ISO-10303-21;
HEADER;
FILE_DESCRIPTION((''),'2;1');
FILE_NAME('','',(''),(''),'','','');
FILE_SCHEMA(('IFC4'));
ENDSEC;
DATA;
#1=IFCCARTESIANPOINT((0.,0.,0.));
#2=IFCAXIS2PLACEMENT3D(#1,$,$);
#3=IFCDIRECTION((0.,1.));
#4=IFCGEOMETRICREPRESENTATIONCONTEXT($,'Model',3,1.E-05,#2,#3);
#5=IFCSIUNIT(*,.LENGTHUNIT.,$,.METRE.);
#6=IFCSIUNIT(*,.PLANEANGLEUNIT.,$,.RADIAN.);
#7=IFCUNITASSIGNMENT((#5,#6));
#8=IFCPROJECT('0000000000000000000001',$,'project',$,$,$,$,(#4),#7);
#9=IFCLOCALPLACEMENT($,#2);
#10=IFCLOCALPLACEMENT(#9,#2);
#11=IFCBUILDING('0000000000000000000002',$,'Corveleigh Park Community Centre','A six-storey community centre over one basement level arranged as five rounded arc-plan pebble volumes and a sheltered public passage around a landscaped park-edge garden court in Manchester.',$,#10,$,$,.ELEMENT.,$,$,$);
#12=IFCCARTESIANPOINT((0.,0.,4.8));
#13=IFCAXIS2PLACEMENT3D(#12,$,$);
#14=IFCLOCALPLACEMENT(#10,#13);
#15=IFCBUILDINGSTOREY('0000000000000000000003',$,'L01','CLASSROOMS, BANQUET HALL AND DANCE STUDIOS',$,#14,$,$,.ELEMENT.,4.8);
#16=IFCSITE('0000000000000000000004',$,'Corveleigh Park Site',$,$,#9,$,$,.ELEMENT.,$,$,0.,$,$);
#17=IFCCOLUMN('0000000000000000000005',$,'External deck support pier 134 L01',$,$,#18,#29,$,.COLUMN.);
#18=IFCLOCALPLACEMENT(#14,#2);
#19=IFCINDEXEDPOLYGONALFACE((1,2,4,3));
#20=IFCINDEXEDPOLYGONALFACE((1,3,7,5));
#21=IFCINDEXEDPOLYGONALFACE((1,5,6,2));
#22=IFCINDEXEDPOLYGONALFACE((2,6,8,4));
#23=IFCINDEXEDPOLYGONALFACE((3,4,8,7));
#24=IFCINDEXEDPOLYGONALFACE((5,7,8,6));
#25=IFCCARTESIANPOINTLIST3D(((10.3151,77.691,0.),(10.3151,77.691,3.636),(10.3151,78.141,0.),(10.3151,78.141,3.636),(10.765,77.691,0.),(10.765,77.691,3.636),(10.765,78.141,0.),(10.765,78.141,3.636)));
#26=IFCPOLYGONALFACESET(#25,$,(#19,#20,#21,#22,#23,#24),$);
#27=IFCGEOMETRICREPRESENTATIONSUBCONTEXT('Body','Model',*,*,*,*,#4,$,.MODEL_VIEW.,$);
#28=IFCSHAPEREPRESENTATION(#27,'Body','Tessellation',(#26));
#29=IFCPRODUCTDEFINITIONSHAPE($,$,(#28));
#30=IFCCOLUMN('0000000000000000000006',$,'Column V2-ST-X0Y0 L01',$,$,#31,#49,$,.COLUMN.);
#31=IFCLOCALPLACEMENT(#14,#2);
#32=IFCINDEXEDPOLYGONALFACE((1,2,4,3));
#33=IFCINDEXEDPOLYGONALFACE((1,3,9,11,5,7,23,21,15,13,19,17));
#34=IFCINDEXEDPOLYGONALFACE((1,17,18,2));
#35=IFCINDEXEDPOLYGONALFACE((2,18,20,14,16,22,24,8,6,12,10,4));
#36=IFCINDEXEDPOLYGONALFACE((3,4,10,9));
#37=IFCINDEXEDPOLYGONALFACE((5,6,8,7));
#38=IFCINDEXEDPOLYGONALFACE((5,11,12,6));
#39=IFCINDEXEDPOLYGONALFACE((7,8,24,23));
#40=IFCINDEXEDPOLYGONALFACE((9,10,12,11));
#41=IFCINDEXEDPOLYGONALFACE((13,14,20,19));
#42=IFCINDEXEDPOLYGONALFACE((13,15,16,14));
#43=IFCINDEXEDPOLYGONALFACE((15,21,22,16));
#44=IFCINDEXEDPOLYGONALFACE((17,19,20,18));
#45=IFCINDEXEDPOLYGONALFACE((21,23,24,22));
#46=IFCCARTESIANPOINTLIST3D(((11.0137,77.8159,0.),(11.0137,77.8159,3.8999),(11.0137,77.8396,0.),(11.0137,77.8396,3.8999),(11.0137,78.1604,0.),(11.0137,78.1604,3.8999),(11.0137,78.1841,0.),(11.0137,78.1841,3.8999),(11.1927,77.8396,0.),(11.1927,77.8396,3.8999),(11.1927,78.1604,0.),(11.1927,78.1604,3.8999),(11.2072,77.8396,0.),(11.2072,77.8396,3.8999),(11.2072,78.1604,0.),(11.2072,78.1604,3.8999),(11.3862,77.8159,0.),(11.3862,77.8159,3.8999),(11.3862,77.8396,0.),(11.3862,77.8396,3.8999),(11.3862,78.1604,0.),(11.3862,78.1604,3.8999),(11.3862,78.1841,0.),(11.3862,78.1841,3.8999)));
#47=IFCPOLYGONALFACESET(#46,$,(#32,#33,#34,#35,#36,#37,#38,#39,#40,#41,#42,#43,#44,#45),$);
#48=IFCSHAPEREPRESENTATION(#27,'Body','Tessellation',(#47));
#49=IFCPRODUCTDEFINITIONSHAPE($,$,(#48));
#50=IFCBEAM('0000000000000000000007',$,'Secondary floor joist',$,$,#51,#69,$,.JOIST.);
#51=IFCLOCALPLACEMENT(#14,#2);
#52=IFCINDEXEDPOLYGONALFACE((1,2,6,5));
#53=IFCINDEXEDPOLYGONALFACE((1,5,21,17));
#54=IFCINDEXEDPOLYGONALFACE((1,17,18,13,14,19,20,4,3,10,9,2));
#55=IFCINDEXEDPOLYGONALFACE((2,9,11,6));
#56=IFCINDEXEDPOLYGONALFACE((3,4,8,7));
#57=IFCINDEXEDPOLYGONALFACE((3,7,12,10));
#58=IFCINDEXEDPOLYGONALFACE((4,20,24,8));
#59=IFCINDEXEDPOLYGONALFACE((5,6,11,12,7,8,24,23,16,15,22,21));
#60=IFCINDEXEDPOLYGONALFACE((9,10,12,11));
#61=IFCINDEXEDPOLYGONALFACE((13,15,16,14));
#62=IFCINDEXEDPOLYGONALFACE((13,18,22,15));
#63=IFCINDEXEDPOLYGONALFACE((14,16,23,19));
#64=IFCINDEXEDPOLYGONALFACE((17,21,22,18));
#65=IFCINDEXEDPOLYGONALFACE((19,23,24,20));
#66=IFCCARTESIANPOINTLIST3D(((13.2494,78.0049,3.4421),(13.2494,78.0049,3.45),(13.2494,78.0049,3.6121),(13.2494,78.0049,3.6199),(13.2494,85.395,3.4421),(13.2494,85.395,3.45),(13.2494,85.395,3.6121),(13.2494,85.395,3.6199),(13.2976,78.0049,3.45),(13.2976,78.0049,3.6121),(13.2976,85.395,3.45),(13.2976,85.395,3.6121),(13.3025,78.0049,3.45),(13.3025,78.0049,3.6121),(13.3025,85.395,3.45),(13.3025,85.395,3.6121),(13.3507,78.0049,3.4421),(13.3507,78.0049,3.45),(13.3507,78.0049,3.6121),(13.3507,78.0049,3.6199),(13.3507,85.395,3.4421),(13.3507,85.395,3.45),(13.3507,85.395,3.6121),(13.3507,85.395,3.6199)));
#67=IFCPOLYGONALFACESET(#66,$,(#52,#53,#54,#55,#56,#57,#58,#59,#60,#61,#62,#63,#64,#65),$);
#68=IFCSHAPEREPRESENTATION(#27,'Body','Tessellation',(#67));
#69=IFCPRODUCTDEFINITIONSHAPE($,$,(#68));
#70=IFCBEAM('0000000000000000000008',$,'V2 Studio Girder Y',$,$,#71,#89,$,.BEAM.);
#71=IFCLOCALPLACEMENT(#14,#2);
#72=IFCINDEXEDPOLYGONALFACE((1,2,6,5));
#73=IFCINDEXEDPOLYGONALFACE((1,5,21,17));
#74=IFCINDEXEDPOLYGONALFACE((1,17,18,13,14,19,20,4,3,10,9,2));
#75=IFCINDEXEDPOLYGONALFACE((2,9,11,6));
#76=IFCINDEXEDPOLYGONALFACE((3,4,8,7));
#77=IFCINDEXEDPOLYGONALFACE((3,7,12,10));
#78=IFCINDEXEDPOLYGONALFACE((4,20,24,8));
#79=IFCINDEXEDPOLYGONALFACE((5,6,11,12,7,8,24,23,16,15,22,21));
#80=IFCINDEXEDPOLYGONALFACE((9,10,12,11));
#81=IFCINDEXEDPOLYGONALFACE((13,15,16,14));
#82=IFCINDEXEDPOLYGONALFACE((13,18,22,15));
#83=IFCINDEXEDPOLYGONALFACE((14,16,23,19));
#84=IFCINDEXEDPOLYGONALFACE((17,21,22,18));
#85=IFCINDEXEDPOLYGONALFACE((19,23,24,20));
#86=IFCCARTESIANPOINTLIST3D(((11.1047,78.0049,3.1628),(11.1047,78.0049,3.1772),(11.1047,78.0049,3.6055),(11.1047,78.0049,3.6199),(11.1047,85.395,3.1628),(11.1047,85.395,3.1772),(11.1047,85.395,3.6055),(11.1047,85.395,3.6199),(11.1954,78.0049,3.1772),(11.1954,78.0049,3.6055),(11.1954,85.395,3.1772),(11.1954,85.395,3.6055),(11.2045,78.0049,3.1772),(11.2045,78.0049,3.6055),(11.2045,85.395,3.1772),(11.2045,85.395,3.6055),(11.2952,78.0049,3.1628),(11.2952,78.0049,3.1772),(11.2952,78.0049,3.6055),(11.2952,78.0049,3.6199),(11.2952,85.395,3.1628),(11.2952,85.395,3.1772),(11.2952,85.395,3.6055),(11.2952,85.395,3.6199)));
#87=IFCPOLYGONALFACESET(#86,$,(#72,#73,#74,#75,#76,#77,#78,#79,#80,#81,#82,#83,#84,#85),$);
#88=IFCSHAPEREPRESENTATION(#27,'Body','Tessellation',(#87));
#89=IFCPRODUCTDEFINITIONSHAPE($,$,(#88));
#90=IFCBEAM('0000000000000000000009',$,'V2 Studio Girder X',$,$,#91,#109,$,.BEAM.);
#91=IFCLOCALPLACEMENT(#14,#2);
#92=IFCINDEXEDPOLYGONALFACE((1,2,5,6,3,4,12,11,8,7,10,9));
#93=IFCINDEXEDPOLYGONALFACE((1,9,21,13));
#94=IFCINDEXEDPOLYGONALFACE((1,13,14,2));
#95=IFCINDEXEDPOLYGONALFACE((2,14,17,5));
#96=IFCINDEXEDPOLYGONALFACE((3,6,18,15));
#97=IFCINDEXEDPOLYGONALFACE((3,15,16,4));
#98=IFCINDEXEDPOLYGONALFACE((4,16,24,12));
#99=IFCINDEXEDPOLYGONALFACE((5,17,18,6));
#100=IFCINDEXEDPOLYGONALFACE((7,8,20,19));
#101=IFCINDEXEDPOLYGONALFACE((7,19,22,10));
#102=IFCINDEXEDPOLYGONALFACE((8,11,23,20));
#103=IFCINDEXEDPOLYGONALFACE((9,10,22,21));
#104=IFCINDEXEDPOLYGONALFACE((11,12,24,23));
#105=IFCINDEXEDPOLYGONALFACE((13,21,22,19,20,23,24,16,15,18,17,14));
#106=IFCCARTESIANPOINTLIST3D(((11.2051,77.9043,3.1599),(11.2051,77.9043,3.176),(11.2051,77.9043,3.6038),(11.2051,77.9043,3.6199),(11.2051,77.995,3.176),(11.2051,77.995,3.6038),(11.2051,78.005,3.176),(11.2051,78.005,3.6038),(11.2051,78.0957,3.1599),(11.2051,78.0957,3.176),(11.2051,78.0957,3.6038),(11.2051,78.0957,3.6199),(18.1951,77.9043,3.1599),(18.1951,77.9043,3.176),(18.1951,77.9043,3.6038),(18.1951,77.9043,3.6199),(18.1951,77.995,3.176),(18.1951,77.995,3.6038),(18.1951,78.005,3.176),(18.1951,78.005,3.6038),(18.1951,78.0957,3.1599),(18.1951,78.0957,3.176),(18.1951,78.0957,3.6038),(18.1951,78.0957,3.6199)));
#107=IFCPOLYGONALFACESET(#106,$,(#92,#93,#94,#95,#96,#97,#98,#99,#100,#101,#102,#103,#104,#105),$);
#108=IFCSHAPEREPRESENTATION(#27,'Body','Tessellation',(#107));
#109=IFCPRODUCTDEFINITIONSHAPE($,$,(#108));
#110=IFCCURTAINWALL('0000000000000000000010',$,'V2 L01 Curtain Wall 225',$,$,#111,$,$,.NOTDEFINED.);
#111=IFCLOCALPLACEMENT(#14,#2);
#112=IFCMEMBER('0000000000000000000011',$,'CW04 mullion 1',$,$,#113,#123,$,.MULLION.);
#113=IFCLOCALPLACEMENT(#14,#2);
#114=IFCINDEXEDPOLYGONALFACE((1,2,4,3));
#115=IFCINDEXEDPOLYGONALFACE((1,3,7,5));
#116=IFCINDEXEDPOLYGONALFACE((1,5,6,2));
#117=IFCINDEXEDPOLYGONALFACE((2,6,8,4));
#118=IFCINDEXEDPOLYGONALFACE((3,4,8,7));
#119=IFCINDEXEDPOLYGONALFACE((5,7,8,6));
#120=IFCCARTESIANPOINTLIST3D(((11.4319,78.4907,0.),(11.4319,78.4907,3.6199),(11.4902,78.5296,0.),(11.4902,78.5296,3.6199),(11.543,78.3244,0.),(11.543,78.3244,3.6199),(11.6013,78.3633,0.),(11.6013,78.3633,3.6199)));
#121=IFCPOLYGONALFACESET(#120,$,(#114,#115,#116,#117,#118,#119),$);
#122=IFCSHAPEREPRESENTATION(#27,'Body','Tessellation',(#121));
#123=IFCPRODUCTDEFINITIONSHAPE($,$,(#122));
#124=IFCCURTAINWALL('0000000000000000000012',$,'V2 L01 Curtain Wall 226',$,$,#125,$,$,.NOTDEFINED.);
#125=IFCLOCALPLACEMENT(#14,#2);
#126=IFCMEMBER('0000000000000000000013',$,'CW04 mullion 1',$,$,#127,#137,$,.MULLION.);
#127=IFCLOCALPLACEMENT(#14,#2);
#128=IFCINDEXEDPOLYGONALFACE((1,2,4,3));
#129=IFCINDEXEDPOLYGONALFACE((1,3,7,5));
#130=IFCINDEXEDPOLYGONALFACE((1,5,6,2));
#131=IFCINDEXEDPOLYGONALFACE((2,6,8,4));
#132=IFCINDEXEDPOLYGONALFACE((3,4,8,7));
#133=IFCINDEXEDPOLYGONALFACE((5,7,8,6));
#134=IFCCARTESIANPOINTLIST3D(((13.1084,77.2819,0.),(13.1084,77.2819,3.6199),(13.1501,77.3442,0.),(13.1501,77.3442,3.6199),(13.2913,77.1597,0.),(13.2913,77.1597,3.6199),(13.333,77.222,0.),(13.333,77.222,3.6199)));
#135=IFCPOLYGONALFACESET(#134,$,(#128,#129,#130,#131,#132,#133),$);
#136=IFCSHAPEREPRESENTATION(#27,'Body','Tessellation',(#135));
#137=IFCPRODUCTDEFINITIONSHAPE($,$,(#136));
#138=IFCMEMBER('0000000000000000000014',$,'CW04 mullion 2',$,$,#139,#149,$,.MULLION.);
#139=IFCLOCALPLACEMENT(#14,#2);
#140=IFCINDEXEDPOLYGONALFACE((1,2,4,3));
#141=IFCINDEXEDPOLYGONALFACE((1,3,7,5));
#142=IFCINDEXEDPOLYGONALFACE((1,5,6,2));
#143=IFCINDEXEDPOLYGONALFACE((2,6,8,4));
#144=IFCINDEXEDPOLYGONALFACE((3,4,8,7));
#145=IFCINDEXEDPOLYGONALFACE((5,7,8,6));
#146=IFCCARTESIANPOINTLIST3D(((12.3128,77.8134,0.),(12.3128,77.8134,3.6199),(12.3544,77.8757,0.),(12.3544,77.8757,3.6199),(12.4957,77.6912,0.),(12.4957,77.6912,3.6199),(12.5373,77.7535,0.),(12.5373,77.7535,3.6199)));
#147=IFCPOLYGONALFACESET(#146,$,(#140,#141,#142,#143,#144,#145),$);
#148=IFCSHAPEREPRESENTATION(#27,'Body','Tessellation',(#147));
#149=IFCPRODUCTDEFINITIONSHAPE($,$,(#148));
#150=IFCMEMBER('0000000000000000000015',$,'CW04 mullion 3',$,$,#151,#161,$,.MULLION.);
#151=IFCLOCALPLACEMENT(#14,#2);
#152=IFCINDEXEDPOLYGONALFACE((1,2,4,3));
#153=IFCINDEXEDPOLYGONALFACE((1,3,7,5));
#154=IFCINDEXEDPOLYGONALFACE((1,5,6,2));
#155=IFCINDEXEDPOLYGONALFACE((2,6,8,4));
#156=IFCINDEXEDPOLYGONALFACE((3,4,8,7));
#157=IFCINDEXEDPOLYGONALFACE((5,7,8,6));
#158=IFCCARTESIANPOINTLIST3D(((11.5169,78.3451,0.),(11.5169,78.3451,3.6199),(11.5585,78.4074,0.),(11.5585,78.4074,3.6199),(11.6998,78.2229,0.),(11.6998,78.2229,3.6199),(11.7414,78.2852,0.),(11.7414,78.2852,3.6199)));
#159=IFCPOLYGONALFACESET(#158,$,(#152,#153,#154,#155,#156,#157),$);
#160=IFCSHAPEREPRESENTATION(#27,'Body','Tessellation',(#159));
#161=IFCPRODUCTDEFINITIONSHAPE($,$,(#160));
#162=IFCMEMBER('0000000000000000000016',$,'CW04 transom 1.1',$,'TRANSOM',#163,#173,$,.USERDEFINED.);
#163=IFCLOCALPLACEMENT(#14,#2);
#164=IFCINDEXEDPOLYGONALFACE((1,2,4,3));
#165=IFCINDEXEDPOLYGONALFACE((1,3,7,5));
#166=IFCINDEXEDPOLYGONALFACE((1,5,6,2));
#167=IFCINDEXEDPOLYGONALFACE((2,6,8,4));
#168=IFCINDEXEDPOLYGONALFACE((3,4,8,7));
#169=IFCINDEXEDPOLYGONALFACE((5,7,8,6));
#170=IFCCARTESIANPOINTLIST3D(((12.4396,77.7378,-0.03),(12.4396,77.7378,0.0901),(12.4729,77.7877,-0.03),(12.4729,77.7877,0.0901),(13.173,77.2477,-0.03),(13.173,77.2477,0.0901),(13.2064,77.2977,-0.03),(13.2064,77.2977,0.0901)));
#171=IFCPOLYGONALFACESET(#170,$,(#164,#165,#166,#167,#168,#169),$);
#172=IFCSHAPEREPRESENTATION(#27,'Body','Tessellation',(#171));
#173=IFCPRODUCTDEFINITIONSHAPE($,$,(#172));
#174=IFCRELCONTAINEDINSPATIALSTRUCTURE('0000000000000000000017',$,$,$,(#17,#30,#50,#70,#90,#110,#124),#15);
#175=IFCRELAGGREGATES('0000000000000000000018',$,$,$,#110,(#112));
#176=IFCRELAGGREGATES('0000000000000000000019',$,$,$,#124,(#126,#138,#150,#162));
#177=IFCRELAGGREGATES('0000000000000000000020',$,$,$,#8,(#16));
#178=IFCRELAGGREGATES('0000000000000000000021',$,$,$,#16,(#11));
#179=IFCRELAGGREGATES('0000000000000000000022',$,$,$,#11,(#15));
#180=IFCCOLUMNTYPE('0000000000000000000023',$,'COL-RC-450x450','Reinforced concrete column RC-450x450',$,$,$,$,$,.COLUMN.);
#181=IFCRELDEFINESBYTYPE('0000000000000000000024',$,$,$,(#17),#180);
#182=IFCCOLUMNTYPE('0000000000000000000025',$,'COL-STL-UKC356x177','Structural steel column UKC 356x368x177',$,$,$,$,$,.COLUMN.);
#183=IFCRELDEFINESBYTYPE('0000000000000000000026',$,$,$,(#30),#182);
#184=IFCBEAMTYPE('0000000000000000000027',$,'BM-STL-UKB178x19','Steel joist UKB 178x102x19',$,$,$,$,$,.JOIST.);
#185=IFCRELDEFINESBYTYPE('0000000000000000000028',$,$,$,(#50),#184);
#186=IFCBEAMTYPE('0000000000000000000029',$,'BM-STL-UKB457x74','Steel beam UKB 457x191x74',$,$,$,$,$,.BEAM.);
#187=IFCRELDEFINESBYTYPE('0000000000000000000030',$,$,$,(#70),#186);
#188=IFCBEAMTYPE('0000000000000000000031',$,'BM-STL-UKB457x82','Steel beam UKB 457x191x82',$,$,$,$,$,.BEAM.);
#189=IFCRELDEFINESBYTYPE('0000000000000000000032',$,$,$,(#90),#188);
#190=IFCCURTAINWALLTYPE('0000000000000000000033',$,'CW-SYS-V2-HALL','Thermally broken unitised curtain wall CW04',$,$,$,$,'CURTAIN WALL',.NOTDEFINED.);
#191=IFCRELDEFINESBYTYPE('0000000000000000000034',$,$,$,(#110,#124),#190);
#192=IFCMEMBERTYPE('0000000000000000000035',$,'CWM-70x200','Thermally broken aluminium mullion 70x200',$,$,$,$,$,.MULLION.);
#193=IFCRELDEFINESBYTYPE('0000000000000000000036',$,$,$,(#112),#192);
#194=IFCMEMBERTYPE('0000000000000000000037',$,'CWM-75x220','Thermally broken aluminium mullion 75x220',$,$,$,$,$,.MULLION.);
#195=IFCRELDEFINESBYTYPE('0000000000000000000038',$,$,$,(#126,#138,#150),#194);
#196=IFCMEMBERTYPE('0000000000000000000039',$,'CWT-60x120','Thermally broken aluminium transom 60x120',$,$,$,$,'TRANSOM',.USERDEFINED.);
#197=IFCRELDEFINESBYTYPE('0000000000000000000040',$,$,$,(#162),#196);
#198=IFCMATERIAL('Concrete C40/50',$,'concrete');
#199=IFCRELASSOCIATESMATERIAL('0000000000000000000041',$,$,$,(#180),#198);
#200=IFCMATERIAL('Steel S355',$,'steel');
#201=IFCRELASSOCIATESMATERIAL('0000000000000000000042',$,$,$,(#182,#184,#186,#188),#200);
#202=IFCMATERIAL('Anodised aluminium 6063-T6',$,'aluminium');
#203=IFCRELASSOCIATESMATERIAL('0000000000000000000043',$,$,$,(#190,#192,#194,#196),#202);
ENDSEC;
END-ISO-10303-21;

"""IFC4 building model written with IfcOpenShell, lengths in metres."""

from ifc_helpers import new_model, si_unit, direction, frame, origin, origin_2d, place, context, subcontext, project, spatial, rectangle, i_section, extrude, material, material_profile, profile_set, type_object, element, aggregate, save


model = new_model("IFC4")

# Units and contexts
model_context = context("Model", 3, precision=1e-05, world=origin(), true_north=direction((0.0, 1.0)))
body_context = subcontext(model_context, "Body", "Model", "MODEL_VIEW")
ifc_project = project(units=[si_unit("LENGTHUNIT", "METRE"), si_unit("PLANEANGLEUNIT", "RADIAN")], contexts=[model_context])

# Site, building, storey
site_placement = place(None, origin())
site = spatial("IfcSite", under=ifc_project, at=site_placement, Name="Corveleigh Park Site", CompositionType="ELEMENT", RefElevation=0.0)
building_placement = place(site_placement, origin())
building = spatial("IfcBuilding", under=site, at=building_placement, Name="Corveleigh Park Community Centre", Description="A six-storey community centre over one basement level arranged as five rounded arc-plan pebble volumes and a sheltered public passage around a landscaped park-edge garden court in Manchester.", CompositionType="ELEMENT")
storey_placement = place(building_placement, frame((0.0, 0.0, 4.8)))
storey = spatial("IfcBuildingStorey", under=building, at=storey_placement, Name="L01", Description="CLASSROOMS, BANQUET HALL AND DANCE STUDIOS", CompositionType="ELEMENT", Elevation=4.8)

# Columns
ifc_material_1 = material(Name="Concrete C40/50", Category="concrete")
ifc_material_profile_1 = material_profile(ifc_material_1, rectangle(XDim=0.45, YDim=0.45, at=origin_2d()), Name="RC-450x450", Category="concrete")
ifc_profile_set_1 = profile_set([ifc_material_profile_1], Name="Concrete C40/50")
column_type_1 = type_object("IfcColumnType", Name="COL-RC-450x450", Description="Reinforced concrete column RC-450x450", PredefinedType="COLUMN", material=ifc_profile_set_1)
column_1_placement = place(storey_placement, frame((10.54, 77.916, 0.0), z_axis=(0.0, 0.0, 1.0), x_axis=(1.0, 0.0, 0.0)))
element("IfcColumn", 1, at=column_1_placement, inside=storey, type_object=column_type_1, Name="External deck support pier 134 L01", PredefinedType="COLUMN", context=body_context, shape_type="SweptSolid", body=[
    extrude(rectangle(XDim=0.45, YDim=0.45, at=origin_2d()), origin(), (0.0, 0.0, 1.0), 3.636),
])
ifc_material_2 = material(Name="Steel S355", Category="steel")
ifc_material_profile_2 = material_profile(ifc_material_2, i_section(OverallWidth=0.3726, OverallDepth=0.3682, WebThickness=0.0144, FlangeThickness=0.0237, at=origin_2d()), Name="UKC 356x368x177", Category="steel")
ifc_profile_set_2 = profile_set([ifc_material_profile_2], Name="Steel S355")
column_type_2 = type_object("IfcColumnType", Name="COL-STL-UKC356x177", Description="Structural steel column UKC 356x368x177", PredefinedType="COLUMN", material=ifc_profile_set_2)
column_2_placement = place(storey_placement, frame((11.2, 78.0, 0.0), z_axis=(0.0, 0.0, 1.0), x_axis=(1.0, 0.0, 0.0)))
element("IfcColumn", 2, at=column_2_placement, inside=storey, type_object=column_type_2, Name="Column V2-ST-X0Y0 L01", PredefinedType="COLUMN", context=body_context, shape_type="SweptSolid", body=[
    extrude(i_section(OverallWidth=0.3726, OverallDepth=0.3682, WebThickness=0.0144, FlangeThickness=0.0237, at=origin_2d()), origin(), (0.0, 0.0, 1.0), 3.8999),
])

# Beams
ifc_material_profile_3 = material_profile(ifc_material_2, i_section(OverallWidth=0.1013, OverallDepth=0.1777, WebThickness=0.0049, FlangeThickness=0.0078, at=origin_2d()), Name="UKB 178x102x19", Category="steel")
ifc_profile_set_3 = profile_set([ifc_material_profile_3], Name="Steel S355")
beam_type_1 = type_object("IfcBeamType", Name="BM-STL-UKB178x19", Description="Steel joist UKB 178x102x19", PredefinedType="JOIST", material=ifc_profile_set_3)
beam_1_placement = place(storey_placement, frame((13.3, 78.0049, 3.531), z_axis=(0.0, 1.0, 0.0), x_axis=(-1.0, 0.0, 0.0)))
element("IfcBeam", 3, at=beam_1_placement, inside=storey, type_object=beam_type_1, Name="Secondary floor joist", PredefinedType="JOIST", context=body_context, shape_type="SweptSolid", body=[
    extrude(i_section(OverallWidth=0.1013, OverallDepth=0.1777, WebThickness=0.0049, FlangeThickness=0.0078, at=origin_2d()), origin(), (0.0, 0.0, 1.0), 7.3901),
])
ifc_material_profile_4 = material_profile(ifc_material_2, i_section(OverallWidth=0.1904, OverallDepth=0.457, WebThickness=0.009, FlangeThickness=0.0144, at=origin_2d()), Name="UKB 457x191x74", Category="steel")
ifc_profile_set_4 = profile_set([ifc_material_profile_4], Name="Steel S355")
beam_type_2 = type_object("IfcBeamType", Name="BM-STL-UKB457x74", Description="Steel beam UKB 457x191x74", PredefinedType="BEAM", material=ifc_profile_set_4)
beam_2_placement = place(storey_placement, frame((11.2, 78.0049, 3.3914), z_axis=(0.0, 1.0, 0.0), x_axis=(-1.0, 0.0, 0.0)))
element("IfcBeam", 4, at=beam_2_placement, inside=storey, type_object=beam_type_2, Name="V2 Studio Girder Y", PredefinedType="BEAM", context=body_context, shape_type="SweptSolid", body=[
    extrude(i_section(OverallWidth=0.1904, OverallDepth=0.457, WebThickness=0.009, FlangeThickness=0.0144, at=origin_2d()), origin(), (0.0, 0.0, 1.0), 7.3901),
])
ifc_material_profile_5 = material_profile(ifc_material_2, i_section(OverallWidth=0.1914, OverallDepth=0.46, WebThickness=0.01, FlangeThickness=0.0161, at=origin_2d()), Name="UKB 457x191x82", Category="steel")
ifc_profile_set_5 = profile_set([ifc_material_profile_5], Name="Steel S355")
beam_type_3 = type_object("IfcBeamType", Name="BM-STL-UKB457x82", Description="Steel beam UKB 457x191x82", PredefinedType="BEAM", material=ifc_profile_set_5)
beam_3_placement = place(storey_placement, frame((11.2051, 78.0, 3.3899), z_axis=(1.0, 0.0, 0.0), x_axis=(0.0, 1.0, 0.0)))
element("IfcBeam", 5, at=beam_3_placement, inside=storey, type_object=beam_type_3, Name="V2 Studio Girder X", PredefinedType="BEAM", context=body_context, shape_type="SweptSolid", body=[
    extrude(i_section(OverallWidth=0.1914, OverallDepth=0.46, WebThickness=0.01, FlangeThickness=0.0161, at=origin_2d()), origin(), (0.0, 0.0, 1.0), 6.99),
])

# Curtain wall, member
ifc_material_3 = material(Name="Anodised aluminium 6063-T6", Category="aluminium")
curtain_wall_type = type_object("IfcCurtainWallType", Name="CW-SYS-V2-HALL", Description="Thermally broken unitised curtain wall CW04", ElementType="CURTAIN WALL", PredefinedType="NOTDEFINED", material=ifc_material_3)
curtain_wall_1_placement = place(storey_placement, origin())
curtain_wall_1 = element("IfcCurtainWall", 6, at=curtain_wall_1_placement, inside=storey, type_object=curtain_wall_type, Name="V2 L01 Curtain Wall 225", PredefinedType="NOTDEFINED")
ifc_material_profile_6 = material_profile(ifc_material_3, rectangle(XDim=0.0701, YDim=0.2, at=origin_2d()), Name="ALU-M70x200", Category="aluminium")
ifc_profile_set_6 = profile_set([ifc_material_profile_6], Name="Anodised aluminium 6063-T6")
member_type_1 = type_object("IfcMemberType", Name="CWM-70x200", Description="Thermally broken aluminium mullion 70x200", PredefinedType="MULLION", material=ifc_profile_set_6)
member_1_placement = place(storey_placement, frame((11.5166, 78.427, 0.0), z_axis=(0.0, 0.0, 1.0), x_axis=(-0.831509, -0.555512, 0.0)))
member_1 = element("IfcMember", 7, at=member_1_placement, type_object=member_type_1, Name="CW04 mullion 1", PredefinedType="MULLION", context=body_context, shape_type="SweptSolid", body=[
    extrude(rectangle(XDim=0.0701, YDim=0.2, at=origin_2d()), origin(), (0.0, 0.0, 1.0), 3.6199),
])

# Curtain wall, members
curtain_wall_2_placement = place(storey_placement, origin())
curtain_wall_2 = element("IfcCurtainWall", 8, at=curtain_wall_2_placement, inside=storey, type_object=curtain_wall_type, Name="V2 L01 Curtain Wall 226", PredefinedType="NOTDEFINED")
ifc_material_profile_7 = material_profile(ifc_material_3, rectangle(XDim=0.075, YDim=0.22, at=origin_2d()), Name="ALU-M75x220", Category="aluminium")
ifc_profile_set_7 = profile_set([ifc_material_profile_7], Name="Anodised aluminium 6063-T6")
member_type_2 = type_object("IfcMemberType", Name="CWM-75x220", Description="Thermally broken aluminium mullion 75x220", PredefinedType="MULLION", material=ifc_profile_set_7)
member_2_placement = place(storey_placement, frame((13.2207, 77.252, 0.0), z_axis=(0.0, 0.0, 1.0), x_axis=(-0.555512, -0.831509, 0.0)))
member_2 = element("IfcMember", 9, at=member_2_placement, type_object=member_type_2, Name="CW04 mullion 1", PredefinedType="MULLION", context=body_context, shape_type="SweptSolid", body=[
    extrude(rectangle(XDim=0.075, YDim=0.22, at=origin_2d()), origin(), (0.0, 0.0, 1.0), 3.6199),
])
member_3_placement = place(storey_placement, frame((12.425, 77.7834, 0.0), z_axis=(0.0, 0.0, 1.0), x_axis=(-0.555512, -0.831509, 0.0)))
member_3 = element("IfcMember", 10, at=member_3_placement, type_object=member_type_2, Name="CW04 mullion 2", PredefinedType="MULLION", context=body_context, shape_type="SweptSolid", body=[
    extrude(rectangle(XDim=0.075, YDim=0.22, at=origin_2d()), origin(), (0.0, 0.0, 1.0), 3.6199),
])
member_4_placement = place(storey_placement, frame((11.6292, 78.3152, 0.0), z_axis=(0.0, 0.0, 1.0), x_axis=(-0.555512, -0.831509, 0.0)))
member_4 = element("IfcMember", 11, at=member_4_placement, type_object=member_type_2, Name="CW04 mullion 3", PredefinedType="MULLION", context=body_context, shape_type="SweptSolid", body=[
    extrude(rectangle(XDim=0.075, YDim=0.22, at=origin_2d()), origin(), (0.0, 0.0, 1.0), 3.6199),
])
ifc_material_profile_8 = material_profile(ifc_material_3, rectangle(XDim=0.0601, YDim=0.1201, at=origin_2d()), Name="ALU-T60x120", Category="aluminium")
ifc_profile_set_8 = profile_set([ifc_material_profile_8], Name="Anodised aluminium 6063-T6")
member_type_3 = type_object("IfcMemberType", Name="CWT-60x120", Description="Thermally broken aluminium transom 60x120", ElementType="TRANSOM", PredefinedType="USERDEFINED", material=ifc_profile_set_8)
member_5_placement = place(storey_placement, frame((13.1897, 77.2727, 0.03), z_axis=(-0.831496, 0.55553, 0.0), x_axis=(-0.55553, -0.831496, 0.0)))
member_5 = element("IfcMember", 12, at=member_5_placement, type_object=member_type_3, Name="CW04 transom 1.1", ObjectType="TRANSOM", PredefinedType="USERDEFINED", context=body_context, shape_type="SweptSolid", body=[
    extrude(rectangle(XDim=0.0601, YDim=0.1201, at=origin_2d()), origin(), (0.0, 0.0, 1.0), 0.8821),
])

aggregate(curtain_wall_1, [member_1])
aggregate(curtain_wall_2, [member_2, member_3, member_4, member_5])

save(model, "model.ifc")
